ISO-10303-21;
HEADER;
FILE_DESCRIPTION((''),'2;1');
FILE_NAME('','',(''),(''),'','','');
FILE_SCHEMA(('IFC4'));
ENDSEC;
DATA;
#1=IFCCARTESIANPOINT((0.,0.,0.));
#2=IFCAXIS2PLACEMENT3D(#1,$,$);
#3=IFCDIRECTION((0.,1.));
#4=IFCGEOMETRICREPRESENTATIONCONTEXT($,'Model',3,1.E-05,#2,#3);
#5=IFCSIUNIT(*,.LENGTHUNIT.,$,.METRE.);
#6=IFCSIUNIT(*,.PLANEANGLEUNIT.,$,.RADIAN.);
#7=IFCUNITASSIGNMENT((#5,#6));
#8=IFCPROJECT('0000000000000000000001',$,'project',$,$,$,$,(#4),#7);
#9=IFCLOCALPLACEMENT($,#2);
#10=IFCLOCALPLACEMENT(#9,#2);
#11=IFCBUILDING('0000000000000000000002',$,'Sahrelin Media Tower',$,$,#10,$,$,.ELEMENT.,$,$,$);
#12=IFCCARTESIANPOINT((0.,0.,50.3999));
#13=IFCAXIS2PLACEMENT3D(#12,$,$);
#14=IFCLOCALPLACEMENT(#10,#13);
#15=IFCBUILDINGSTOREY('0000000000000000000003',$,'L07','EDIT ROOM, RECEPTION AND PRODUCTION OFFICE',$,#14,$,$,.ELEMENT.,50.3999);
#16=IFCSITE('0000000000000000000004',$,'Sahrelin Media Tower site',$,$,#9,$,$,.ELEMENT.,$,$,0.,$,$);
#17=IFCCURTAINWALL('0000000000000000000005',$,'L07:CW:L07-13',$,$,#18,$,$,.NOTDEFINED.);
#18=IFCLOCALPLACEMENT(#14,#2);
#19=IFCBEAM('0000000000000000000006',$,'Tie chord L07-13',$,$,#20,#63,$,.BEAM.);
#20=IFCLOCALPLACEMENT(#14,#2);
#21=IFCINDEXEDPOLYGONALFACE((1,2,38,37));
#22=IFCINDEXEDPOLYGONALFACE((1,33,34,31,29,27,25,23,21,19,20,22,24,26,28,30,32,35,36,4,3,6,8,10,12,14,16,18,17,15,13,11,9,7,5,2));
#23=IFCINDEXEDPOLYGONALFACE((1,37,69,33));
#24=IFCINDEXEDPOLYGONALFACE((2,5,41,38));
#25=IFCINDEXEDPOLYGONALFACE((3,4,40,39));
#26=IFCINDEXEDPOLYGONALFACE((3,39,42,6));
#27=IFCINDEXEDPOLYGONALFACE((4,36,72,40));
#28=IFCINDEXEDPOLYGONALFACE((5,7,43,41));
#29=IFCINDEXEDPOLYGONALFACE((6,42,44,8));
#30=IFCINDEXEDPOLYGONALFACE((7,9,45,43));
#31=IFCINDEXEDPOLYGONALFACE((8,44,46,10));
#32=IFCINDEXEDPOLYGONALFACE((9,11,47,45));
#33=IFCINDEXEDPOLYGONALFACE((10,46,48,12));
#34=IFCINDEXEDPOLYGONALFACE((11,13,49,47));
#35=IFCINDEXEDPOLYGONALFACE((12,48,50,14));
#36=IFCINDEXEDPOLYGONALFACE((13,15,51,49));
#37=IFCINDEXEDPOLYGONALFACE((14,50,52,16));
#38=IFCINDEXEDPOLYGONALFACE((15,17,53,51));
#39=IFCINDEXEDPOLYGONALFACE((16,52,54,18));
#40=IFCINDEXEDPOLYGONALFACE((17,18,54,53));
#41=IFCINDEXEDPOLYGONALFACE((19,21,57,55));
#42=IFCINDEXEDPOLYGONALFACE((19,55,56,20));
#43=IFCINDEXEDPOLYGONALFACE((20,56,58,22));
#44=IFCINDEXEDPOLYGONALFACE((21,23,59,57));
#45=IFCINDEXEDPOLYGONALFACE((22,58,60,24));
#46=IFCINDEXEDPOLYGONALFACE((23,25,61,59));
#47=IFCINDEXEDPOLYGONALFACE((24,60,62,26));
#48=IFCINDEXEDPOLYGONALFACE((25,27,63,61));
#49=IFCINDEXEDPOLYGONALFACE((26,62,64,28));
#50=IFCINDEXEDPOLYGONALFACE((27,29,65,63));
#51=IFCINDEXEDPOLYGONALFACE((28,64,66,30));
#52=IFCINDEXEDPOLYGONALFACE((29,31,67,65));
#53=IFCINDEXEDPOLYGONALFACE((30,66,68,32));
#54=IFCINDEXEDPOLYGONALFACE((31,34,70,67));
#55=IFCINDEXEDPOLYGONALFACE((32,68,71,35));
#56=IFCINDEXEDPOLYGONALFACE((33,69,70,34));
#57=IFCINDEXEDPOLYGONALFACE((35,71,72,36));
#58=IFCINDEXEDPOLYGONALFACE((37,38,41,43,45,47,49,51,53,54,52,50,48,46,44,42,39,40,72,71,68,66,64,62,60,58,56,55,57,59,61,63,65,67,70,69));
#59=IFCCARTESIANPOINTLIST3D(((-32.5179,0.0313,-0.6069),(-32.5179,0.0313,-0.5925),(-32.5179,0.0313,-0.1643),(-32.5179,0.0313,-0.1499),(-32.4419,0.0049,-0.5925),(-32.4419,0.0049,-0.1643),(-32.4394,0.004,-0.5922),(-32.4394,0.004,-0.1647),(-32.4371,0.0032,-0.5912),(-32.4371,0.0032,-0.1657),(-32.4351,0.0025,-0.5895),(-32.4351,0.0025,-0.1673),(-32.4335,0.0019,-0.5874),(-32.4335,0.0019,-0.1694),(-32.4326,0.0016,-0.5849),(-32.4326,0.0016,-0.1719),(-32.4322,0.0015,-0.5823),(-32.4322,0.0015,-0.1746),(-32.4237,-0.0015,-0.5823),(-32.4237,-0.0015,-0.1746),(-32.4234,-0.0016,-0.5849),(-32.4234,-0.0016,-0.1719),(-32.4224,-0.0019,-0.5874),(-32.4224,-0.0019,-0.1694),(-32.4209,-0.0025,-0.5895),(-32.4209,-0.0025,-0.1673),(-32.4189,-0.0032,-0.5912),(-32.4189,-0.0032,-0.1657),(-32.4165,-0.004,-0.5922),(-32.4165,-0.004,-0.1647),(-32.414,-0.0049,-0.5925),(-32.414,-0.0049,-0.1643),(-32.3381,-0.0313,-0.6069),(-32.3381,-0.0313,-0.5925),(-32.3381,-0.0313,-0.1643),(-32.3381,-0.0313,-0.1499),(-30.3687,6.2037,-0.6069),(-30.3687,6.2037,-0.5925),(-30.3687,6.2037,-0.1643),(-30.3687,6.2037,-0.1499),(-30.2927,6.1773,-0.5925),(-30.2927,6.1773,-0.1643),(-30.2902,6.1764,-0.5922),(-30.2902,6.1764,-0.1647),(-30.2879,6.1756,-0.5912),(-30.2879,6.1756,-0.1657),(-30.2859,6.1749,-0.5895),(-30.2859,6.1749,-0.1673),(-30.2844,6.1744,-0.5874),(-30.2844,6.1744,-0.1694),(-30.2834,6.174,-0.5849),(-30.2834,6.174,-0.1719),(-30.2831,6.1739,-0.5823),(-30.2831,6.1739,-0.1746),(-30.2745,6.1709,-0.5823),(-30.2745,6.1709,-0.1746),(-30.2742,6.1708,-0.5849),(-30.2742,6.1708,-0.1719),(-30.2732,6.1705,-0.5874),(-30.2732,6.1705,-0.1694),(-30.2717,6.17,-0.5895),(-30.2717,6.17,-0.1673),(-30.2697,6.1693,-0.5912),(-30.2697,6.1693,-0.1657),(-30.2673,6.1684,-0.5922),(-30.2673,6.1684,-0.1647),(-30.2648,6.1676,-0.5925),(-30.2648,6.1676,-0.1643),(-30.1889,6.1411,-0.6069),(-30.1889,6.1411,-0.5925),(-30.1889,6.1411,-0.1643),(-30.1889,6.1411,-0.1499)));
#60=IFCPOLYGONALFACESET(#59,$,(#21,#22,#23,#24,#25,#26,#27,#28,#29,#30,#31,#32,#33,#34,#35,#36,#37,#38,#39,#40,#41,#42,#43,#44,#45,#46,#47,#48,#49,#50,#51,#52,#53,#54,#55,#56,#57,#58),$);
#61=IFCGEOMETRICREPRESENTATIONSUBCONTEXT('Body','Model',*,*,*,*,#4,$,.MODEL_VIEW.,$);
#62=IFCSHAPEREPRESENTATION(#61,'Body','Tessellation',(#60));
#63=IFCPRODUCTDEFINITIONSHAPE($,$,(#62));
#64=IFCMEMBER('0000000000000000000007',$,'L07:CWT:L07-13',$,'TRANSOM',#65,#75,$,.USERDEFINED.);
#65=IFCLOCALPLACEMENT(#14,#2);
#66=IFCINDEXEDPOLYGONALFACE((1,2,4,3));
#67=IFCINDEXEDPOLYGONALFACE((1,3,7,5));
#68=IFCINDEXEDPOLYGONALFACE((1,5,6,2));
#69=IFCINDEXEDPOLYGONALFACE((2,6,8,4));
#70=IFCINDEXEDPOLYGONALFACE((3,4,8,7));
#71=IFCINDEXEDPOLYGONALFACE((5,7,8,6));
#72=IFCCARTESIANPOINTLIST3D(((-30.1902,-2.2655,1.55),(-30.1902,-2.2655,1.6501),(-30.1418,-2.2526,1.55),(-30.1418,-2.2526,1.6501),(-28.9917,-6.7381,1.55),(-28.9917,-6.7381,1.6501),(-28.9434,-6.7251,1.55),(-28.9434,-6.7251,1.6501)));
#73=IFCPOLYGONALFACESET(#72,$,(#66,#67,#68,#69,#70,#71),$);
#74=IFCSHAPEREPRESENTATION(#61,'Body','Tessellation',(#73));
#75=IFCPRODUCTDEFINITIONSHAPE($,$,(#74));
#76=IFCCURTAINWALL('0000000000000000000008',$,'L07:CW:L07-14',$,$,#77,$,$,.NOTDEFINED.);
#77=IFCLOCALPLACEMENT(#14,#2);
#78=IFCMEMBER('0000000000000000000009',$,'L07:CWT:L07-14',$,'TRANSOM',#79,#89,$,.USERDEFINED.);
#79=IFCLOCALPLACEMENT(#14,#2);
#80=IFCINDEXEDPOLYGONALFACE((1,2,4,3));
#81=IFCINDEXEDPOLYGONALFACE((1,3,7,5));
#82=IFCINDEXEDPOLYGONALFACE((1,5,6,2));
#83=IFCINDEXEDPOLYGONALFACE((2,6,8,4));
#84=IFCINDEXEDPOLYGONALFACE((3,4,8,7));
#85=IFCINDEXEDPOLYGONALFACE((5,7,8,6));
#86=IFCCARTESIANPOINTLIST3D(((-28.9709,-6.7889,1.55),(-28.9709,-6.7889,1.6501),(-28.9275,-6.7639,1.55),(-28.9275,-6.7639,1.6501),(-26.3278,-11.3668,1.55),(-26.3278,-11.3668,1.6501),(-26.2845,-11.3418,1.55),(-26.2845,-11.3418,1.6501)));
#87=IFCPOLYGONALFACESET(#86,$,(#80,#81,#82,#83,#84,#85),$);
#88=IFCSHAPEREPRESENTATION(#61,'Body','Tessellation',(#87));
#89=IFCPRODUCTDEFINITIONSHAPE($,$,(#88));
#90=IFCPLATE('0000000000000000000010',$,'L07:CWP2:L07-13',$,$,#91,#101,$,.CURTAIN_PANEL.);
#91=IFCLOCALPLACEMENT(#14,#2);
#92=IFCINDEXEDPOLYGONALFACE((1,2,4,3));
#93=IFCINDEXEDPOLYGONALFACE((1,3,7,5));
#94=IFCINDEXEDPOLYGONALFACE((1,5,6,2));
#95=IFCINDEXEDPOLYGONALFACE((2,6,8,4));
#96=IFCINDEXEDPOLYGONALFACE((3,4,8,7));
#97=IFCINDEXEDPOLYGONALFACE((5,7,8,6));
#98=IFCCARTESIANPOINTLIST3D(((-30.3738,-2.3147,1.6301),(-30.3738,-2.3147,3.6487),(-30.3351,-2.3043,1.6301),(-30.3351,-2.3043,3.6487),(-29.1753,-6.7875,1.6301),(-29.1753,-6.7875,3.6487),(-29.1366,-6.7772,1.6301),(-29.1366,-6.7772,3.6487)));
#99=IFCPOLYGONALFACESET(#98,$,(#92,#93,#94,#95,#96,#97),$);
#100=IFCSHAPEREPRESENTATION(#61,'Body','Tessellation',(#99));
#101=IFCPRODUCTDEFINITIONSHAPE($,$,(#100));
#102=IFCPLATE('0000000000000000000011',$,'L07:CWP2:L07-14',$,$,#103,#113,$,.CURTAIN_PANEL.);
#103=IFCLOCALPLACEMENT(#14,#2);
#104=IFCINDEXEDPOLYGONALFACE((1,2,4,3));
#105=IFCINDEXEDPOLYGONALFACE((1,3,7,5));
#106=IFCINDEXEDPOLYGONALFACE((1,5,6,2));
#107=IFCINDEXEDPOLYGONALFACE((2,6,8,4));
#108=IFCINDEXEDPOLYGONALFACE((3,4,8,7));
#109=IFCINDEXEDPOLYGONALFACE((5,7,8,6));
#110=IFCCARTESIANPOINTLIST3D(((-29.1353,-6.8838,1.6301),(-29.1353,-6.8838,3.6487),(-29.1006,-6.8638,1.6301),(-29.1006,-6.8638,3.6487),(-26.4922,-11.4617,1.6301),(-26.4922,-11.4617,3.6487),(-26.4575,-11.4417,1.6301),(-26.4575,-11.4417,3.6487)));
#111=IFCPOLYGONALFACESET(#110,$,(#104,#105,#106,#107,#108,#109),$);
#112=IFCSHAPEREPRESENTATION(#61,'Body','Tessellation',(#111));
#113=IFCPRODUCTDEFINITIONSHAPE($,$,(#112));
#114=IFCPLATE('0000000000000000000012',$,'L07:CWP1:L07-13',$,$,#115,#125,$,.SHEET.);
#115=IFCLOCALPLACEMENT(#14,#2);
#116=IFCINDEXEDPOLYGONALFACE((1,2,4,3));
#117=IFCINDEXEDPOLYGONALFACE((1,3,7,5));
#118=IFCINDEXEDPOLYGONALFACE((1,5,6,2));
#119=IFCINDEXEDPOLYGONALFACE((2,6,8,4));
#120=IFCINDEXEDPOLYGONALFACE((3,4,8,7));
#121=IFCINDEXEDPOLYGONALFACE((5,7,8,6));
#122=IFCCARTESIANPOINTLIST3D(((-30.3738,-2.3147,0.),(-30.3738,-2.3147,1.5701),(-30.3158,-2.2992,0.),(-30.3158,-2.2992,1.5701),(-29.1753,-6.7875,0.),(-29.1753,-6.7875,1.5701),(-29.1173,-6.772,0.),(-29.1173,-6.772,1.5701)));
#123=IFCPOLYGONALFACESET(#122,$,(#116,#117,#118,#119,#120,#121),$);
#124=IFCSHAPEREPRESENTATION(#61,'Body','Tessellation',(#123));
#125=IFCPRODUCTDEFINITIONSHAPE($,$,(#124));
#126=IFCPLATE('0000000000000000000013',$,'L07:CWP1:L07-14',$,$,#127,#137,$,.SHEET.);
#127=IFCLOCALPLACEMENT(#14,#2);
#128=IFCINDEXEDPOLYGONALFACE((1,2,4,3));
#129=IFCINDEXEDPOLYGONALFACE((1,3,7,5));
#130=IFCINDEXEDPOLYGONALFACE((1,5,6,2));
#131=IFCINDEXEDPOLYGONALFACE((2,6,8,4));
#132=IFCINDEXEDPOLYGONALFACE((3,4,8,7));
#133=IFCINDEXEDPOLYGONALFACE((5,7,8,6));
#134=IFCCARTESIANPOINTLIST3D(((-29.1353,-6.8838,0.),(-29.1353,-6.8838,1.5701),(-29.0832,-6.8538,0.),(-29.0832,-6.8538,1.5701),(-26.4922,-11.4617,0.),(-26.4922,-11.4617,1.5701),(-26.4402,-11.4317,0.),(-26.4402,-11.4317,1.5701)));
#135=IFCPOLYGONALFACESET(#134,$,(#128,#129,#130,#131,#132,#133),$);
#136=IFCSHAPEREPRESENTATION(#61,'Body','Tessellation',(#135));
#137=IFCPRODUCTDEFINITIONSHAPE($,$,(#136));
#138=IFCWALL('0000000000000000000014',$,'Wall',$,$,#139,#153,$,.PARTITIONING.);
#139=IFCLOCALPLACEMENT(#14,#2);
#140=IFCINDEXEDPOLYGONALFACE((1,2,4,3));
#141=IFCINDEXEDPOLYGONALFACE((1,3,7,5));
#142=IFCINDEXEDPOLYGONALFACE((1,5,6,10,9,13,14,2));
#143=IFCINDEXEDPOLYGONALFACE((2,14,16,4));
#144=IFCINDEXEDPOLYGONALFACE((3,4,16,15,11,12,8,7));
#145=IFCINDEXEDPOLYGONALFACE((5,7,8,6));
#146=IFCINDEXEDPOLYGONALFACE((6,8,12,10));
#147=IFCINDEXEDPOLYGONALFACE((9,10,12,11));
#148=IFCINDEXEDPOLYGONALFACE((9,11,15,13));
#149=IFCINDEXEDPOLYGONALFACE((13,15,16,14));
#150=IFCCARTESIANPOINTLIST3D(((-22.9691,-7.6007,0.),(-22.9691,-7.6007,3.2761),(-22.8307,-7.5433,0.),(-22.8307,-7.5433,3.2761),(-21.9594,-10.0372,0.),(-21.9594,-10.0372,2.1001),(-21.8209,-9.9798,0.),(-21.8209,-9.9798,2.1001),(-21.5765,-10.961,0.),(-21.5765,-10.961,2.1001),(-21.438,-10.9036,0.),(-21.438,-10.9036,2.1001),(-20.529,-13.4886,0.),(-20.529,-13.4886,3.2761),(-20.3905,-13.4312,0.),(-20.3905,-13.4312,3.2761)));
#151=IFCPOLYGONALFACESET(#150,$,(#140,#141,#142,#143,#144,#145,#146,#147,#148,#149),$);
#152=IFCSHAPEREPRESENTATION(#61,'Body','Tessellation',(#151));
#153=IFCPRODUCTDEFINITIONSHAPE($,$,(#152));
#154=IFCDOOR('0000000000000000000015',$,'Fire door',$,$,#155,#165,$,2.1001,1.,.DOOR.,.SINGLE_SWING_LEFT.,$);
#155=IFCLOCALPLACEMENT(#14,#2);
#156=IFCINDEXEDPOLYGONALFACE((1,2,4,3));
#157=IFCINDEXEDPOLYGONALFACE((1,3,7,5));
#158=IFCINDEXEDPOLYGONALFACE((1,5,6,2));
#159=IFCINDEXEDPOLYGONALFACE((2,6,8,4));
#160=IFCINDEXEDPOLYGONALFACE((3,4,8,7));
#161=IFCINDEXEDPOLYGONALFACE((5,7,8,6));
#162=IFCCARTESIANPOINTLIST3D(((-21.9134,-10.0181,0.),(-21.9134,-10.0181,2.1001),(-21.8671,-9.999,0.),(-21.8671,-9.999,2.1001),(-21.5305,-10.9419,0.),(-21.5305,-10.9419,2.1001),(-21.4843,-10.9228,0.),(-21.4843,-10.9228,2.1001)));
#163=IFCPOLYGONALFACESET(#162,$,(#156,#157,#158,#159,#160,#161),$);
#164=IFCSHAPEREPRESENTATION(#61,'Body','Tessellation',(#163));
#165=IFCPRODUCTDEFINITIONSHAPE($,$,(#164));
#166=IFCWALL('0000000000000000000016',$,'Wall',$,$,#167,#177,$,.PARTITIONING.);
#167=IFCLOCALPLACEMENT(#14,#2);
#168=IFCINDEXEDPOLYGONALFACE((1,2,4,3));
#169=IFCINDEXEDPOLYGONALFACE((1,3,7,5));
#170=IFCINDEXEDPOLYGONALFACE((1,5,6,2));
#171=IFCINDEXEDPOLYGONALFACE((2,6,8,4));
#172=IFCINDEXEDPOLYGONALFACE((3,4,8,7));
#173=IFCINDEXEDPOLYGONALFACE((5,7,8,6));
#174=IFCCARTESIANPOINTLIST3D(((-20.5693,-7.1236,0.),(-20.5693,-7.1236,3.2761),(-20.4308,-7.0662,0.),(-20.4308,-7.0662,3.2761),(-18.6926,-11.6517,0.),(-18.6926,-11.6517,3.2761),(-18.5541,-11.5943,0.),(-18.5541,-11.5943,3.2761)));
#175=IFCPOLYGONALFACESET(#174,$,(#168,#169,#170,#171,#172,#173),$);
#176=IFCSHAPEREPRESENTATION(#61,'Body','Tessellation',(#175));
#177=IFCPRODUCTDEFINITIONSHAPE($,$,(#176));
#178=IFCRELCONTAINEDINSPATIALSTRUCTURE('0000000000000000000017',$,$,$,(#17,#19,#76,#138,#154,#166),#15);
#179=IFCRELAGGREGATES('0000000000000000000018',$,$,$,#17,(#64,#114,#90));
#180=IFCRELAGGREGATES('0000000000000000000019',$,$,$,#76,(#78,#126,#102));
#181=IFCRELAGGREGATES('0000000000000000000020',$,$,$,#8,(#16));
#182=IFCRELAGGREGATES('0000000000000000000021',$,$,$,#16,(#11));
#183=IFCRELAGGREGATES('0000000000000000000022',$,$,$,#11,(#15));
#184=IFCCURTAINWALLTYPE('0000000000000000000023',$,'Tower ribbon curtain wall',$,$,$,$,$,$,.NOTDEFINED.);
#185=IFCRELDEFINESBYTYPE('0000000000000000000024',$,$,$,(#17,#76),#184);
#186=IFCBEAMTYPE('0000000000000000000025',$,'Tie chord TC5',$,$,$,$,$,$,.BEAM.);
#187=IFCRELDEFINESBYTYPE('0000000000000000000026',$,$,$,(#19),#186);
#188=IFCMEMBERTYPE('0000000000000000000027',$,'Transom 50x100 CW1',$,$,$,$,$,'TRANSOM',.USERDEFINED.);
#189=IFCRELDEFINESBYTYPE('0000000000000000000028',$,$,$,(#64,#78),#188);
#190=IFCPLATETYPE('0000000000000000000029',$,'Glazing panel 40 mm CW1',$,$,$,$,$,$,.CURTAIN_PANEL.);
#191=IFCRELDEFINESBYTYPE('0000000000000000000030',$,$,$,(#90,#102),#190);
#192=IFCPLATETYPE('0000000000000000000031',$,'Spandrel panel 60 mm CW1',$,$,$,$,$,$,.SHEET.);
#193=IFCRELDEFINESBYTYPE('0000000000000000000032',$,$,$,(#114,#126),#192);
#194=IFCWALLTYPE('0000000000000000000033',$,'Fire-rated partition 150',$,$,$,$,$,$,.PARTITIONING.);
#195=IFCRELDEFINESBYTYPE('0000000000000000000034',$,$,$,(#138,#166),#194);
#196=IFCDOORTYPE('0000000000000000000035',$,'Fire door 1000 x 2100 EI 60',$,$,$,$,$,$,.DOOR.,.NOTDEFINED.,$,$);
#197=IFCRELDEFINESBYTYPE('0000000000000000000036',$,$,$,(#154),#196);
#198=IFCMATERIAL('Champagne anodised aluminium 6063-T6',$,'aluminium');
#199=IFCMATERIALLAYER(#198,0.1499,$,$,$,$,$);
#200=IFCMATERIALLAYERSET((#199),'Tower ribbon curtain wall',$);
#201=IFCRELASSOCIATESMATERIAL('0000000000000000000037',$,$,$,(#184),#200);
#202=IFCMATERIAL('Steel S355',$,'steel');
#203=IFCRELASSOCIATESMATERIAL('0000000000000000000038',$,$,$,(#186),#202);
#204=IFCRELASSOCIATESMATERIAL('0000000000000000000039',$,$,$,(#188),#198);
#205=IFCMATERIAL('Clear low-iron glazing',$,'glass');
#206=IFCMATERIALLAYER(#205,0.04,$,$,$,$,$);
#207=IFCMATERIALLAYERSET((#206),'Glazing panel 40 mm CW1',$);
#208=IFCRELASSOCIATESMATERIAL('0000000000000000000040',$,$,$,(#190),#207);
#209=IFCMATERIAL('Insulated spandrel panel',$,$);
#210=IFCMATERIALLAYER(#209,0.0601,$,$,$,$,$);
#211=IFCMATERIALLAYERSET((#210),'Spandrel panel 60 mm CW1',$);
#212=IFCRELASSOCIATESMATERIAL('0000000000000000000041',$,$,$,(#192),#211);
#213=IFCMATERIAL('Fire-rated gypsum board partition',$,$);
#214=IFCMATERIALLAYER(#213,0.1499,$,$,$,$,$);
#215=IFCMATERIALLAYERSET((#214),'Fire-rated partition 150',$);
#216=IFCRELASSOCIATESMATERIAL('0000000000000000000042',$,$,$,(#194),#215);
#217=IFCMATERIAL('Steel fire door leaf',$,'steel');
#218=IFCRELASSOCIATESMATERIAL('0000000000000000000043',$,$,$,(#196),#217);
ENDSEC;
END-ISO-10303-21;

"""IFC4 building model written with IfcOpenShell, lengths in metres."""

from ifc_helpers import new_model, si_unit, direction, frame, frame_2d, origin, origin_2d, place, context, subcontext, project, spatial, polyline, rectangle, i_section, outline, extrude, material, layer, layer_set, material_profile, profile_set, type_object, element, fill, aggregate, save


model = new_model("IFC4")

# Units and contexts
model_context = context("Model", 3, precision=1e-05, world=origin(), true_north=direction((0.0, 1.0)))
body_context = subcontext(model_context, "Body", "Model", "MODEL_VIEW")
ifc_project = project(units=[si_unit("LENGTHUNIT", "METRE"), si_unit("PLANEANGLEUNIT", "RADIAN")], contexts=[model_context])

# Site, building, storey
site_placement = place(None, origin())
site = spatial("IfcSite", under=ifc_project, at=site_placement, Name="Sahrelin Media Tower site", CompositionType="ELEMENT", RefElevation=0.0)
building_placement = place(site_placement, origin())
building = spatial("IfcBuilding", under=site, at=building_placement, Name="Sahrelin Media Tower", CompositionType="ELEMENT")
storey_placement = place(building_placement, frame((0.0, 0.0, 50.3999)))
storey = spatial("IfcBuildingStorey", under=building, at=storey_placement, Name="L07", Description="EDIT ROOM, RECEPTION AND PRODUCTION OFFICE", CompositionType="ELEMENT", Elevation=50.3999)

# Shared definitions
ifc_material_1 = material(Name="Steel S355", Category="steel")

# Curtain wall
ifc_material_2 = material(Name="Champagne anodised aluminium 6063-T6", Category="aluminium")
ifc_layer_1 = layer(ifc_material_2, 0.1499)
ifc_layer_set_1 = layer_set([ifc_layer_1], Name="Tower ribbon curtain wall")
curtain_wall_type = type_object("IfcCurtainWallType", Name="Tower ribbon curtain wall", PredefinedType="NOTDEFINED", material=ifc_layer_set_1)
curtain_wall_1_placement = place(storey_placement, frame((-29.7551, -4.5459, 0.0), z_axis=(0.0, 0.0, 1.0), x_axis=(1.0, 0.0, 0.0)))
curtain_wall_1 = element("IfcCurtainWall", 1, at=curtain_wall_1_placement, inside=storey, type_object=curtain_wall_type, Name="L07:CW:L07-13", PredefinedType="NOTDEFINED")

# Beam
ifc_material_profile_1 = material_profile(ifc_material_1, i_section(OverallWidth=0.1904, OverallDepth=0.457, WebThickness=0.009, FlangeThickness=0.0144, FilletRadius=0.0103, at=origin_2d()), Name="UB 457x191x74")
ifc_profile_set_1 = profile_set([ifc_material_profile_1], Name="Steel S355")
beam_type_1 = type_object("IfcBeamType", Name="Tie chord TC5", PredefinedType="BEAM", material=ifc_profile_set_1)
for number, where, z_axis, x_axis, name in (
    (2, (-32.428, 0.0, -0.3784), (0.328829, 0.944389, 0.0), (-0.944389, 0.328829, 0.0), "Tie chord L07-13"),
):
    element("IfcBeam", number, at=place(storey_placement, frame(where, z_axis=z_axis, x_axis=x_axis)), inside=storey, type_object=beam_type_1, Name=name, PredefinedType="BEAM", context=body_context, shape_type="SweptSolid", body=[
        extrude(i_section(OverallWidth=0.1904, OverallDepth=0.457, WebThickness=0.009, FlangeThickness=0.0144, FilletRadius=0.0103, at=origin_2d()), origin(), (0.0, 0.0, 1.0), 6.5359),
    ])

# Member
ifc_material_profile_2 = material_profile(ifc_material_2, rectangle(XDim=0.05, YDim=0.1001, at=origin_2d()), Name="Transom 50x100")
ifc_profile_set_2 = profile_set([ifc_material_profile_2], Name="Champagne anodised aluminium 6063-T6")
member_type_1 = type_object("IfcMemberType", Name="Transom 50x100 CW1", ElementType="TRANSOM", PredefinedType="USERDEFINED", material=ifc_profile_set_2)
member_1_placement = place(storey_placement, frame((-30.166, -2.259, 1.6001), z_axis=(0.258827, -0.965924, 0.0), x_axis=(0.965924, 0.258827, 0.0)))
member_1 = element("IfcMember", 3, at=member_1_placement, type_object=member_type_1, Name="L07:CWT:L07-13", ObjectType="TRANSOM", PredefinedType="USERDEFINED", context=body_context, shape_type="SweptSolid", body=[
    extrude(rectangle(XDim=0.05, YDim=0.1001, at=origin_2d()), origin(), (0.0, 0.0, 1.0), 4.6304),
])

# Curtain wall, member
curtain_wall_2_placement = place(storey_placement, frame((-27.7964, -9.1628, 0.0), z_axis=(0.0, 0.0, 1.0), x_axis=(1.0, 0.0, 0.0)))
curtain_wall_2 = element("IfcCurtainWall", 4, at=curtain_wall_2_placement, inside=storey, type_object=curtain_wall_type, Name="L07:CW:L07-14", PredefinedType="NOTDEFINED")
member_2_placement = place(storey_placement, frame((-28.9492, -6.7764, 1.6001), z_axis=(0.500004, -0.866023, 0.0), x_axis=(0.866023, 0.500004, 0.0)))
member_2 = element("IfcMember", 5, at=member_2_placement, type_object=member_type_1, Name="L07:CWT:L07-14", ObjectType="TRANSOM", PredefinedType="USERDEFINED", context=body_context, shape_type="SweptSolid", body=[
    extrude(rectangle(XDim=0.05, YDim=0.1001, at=origin_2d()), origin(), (0.0, 0.0, 1.0), 5.2861),
])

# Plates
ifc_material_3 = material(Name="Clear low-iron glazing", Category="glass")
ifc_layer_2 = layer(ifc_material_3, 0.04)
ifc_layer_set_2 = layer_set([ifc_layer_2], Name="Glazing panel 40 mm CW1")
plate_type_1 = type_object("IfcPlateType", Name="Glazing panel 40 mm CW1", PredefinedType="CURTAIN_PANEL", material=ifc_layer_set_2)
plate_1_placement = place(storey_placement, frame((-30.3738, -2.3147, 1.6301), z_axis=(-0.965927, -0.258814, 0.0), x_axis=(0.258814, -0.965927, 0.0)))
plate_1 = element("IfcPlate", 6, at=plate_1_placement, type_object=plate_type_1, Name="L07:CWP2:L07-13", PredefinedType="CURTAIN_PANEL", context=body_context, shape_type="SweptSolid", body=[
    extrude(outline(polyline([(0.0, 0.0), (4.6306, 0.0), (4.6306, 2.0186), (0.0, 2.0186), (0.0, 0.0)])), origin(), (0.0, 0.0, -1.0), 0.04),
])
plate_2_placement = place(storey_placement, frame((-29.1353, -6.8838, 1.6301), z_axis=(-0.866023, -0.500004, 0.0), x_axis=(0.500004, -0.866023, 0.0)))
plate_2 = element("IfcPlate", 7, at=plate_2_placement, type_object=plate_type_1, Name="L07:CWP2:L07-14", PredefinedType="CURTAIN_PANEL", context=body_context, shape_type="SweptSolid", body=[
    extrude(outline(polyline([(0.0, 0.0), (5.2861, 0.0), (5.2861, 2.0186), (0.0, 2.0186), (0.0, 0.0)])), origin(), (0.0, 0.0, -1.0), 0.04),
])
ifc_material_4 = material(Name="Insulated spandrel panel")
ifc_layer_3 = layer(ifc_material_4, 0.0601)
ifc_layer_set_3 = layer_set([ifc_layer_3], Name="Spandrel panel 60 mm CW1")
plate_type_2 = type_object("IfcPlateType", Name="Spandrel panel 60 mm CW1", PredefinedType="SHEET", material=ifc_layer_set_3)
plate_3_placement = place(storey_placement, frame((-30.3738, -2.3147, 0.0), z_axis=(-0.965927, -0.258814, 0.0), x_axis=(0.258814, -0.965927, 0.0)))
plate_3 = element("IfcPlate", 8, at=plate_3_placement, type_object=plate_type_2, Name="L07:CWP1:L07-13", PredefinedType="SHEET", context=body_context, shape_type="SweptSolid", body=[
    extrude(outline(polyline([(0.0, 0.0), (4.6306, 0.0), (4.6306, 1.5701), (0.0, 1.5701), (0.0, 0.0)])), origin(), (0.0, 0.0, -1.0), 0.0601),
])
aggregate(curtain_wall_1, [member_1, plate_3, plate_1])
plate_4_placement = place(storey_placement, frame((-29.1353, -6.8838, 0.0), z_axis=(-0.866023, -0.500004, 0.0), x_axis=(0.500004, -0.866023, 0.0)))
plate_4 = element("IfcPlate", 9, at=plate_4_placement, type_object=plate_type_2, Name="L07:CWP1:L07-14", PredefinedType="SHEET", context=body_context, shape_type="SweptSolid", body=[
    extrude(outline(polyline([(0.0, 0.0), (5.2861, 0.0), (5.2861, 1.5701), (0.0, 1.5701), (0.0, 0.0)])), origin(), (0.0, 0.0, -1.0), 0.0601),
])
aggregate(curtain_wall_2, [member_2, plate_4, plate_2])

# Wall, opening, door
ifc_material_5 = material(Name="Fire-rated gypsum board partition")
ifc_layer_4 = layer(ifc_material_5, 0.1499)
ifc_layer_set_4 = layer_set([ifc_layer_4], Name="Fire-rated partition 150")
wall_type_1 = type_object("IfcWallType", Name="Fire-rated partition 150", PredefinedType="PARTITIONING", material=ifc_layer_set_4)
wall_1_placement = place(storey_placement, frame((-22.8999, -7.572, 0.0), z_axis=(0.0, 0.0, 1.0), x_axis=(0.38286, -0.923806, 0.0)))
wall_1 = element("IfcWall", 10, at=wall_1_placement, inside=storey, type_object=wall_type_1, Name="Wall", PredefinedType="PARTITIONING", context=body_context, shape_type="SweptSolid", body=[
    extrude(rectangle(XDim=6.3735, YDim=0.1499, at=frame_2d((3.1868, 0.0))), origin(), (0.0, 0.0, 1.0), 3.2761),
])
opening_1_placement = place(wall_1_placement, frame((2.6375, 0.0, 0.0)))
opening_1 = element("IfcOpeningElement", 11, at=opening_1_placement, cuts=wall_1, PredefinedType="OPENING", context=body_context, shape_type="SweptSolid", body=[
    extrude(rectangle(XDim=1.0, YDim=2.1001, at=frame_2d((0.5, 1.05))), frame((0.0, 0.075, 0.0), z_axis=(0.0, -1.0, 0.0), x_axis=(1.0, 0.0, 0.0)), (0.0, 0.0, 1.0), 0.1499),
])
ifc_material_6 = material(Name="Steel fire door leaf", Category="steel")
door_type_1 = type_object("IfcDoorType", Name="Fire door 1000 x 2100 EI 60", OperationType="NOTDEFINED", PredefinedType="DOOR", material=ifc_material_6)
door_1_placement = place(opening_1_placement, origin())
door_1 = element("IfcDoor", 12, at=door_1_placement, inside=storey, type_object=door_type_1, Name="Fire door", OperationType="SINGLE_SWING_LEFT", OverallHeight=2.1001, OverallWidth=1.0, PredefinedType="DOOR", context=body_context, shape_type="SweptSolid", body=[
    extrude(rectangle(XDim=1.0, YDim=2.1001, at=frame_2d((0.5, 1.05))), frame((0.0, 0.0249, 0.0), z_axis=(0.0, -1.0, 0.0), x_axis=(1.0, 0.0, 0.0)), (0.0, 0.0, 1.0), 0.05),
])
fill(opening_1, door_1)

# Wall
wall_2_placement = place(storey_placement, frame((-20.5, -7.095, 0.0), z_axis=(0.0, 0.0, 1.0), x_axis=(0.382878, -0.923799, 0.0)))
element("IfcWall", 13, at=wall_2_placement, inside=storey, type_object=wall_type_1, Name="Wall", PredefinedType="PARTITIONING", context=body_context, shape_type="SweptSolid", body=[
    extrude(rectangle(XDim=4.9016, YDim=0.1499, at=frame_2d((2.4507, 0.0))), origin(), (0.0, 0.0, 1.0), 3.2761),
])

save(model, "model.ifc")
